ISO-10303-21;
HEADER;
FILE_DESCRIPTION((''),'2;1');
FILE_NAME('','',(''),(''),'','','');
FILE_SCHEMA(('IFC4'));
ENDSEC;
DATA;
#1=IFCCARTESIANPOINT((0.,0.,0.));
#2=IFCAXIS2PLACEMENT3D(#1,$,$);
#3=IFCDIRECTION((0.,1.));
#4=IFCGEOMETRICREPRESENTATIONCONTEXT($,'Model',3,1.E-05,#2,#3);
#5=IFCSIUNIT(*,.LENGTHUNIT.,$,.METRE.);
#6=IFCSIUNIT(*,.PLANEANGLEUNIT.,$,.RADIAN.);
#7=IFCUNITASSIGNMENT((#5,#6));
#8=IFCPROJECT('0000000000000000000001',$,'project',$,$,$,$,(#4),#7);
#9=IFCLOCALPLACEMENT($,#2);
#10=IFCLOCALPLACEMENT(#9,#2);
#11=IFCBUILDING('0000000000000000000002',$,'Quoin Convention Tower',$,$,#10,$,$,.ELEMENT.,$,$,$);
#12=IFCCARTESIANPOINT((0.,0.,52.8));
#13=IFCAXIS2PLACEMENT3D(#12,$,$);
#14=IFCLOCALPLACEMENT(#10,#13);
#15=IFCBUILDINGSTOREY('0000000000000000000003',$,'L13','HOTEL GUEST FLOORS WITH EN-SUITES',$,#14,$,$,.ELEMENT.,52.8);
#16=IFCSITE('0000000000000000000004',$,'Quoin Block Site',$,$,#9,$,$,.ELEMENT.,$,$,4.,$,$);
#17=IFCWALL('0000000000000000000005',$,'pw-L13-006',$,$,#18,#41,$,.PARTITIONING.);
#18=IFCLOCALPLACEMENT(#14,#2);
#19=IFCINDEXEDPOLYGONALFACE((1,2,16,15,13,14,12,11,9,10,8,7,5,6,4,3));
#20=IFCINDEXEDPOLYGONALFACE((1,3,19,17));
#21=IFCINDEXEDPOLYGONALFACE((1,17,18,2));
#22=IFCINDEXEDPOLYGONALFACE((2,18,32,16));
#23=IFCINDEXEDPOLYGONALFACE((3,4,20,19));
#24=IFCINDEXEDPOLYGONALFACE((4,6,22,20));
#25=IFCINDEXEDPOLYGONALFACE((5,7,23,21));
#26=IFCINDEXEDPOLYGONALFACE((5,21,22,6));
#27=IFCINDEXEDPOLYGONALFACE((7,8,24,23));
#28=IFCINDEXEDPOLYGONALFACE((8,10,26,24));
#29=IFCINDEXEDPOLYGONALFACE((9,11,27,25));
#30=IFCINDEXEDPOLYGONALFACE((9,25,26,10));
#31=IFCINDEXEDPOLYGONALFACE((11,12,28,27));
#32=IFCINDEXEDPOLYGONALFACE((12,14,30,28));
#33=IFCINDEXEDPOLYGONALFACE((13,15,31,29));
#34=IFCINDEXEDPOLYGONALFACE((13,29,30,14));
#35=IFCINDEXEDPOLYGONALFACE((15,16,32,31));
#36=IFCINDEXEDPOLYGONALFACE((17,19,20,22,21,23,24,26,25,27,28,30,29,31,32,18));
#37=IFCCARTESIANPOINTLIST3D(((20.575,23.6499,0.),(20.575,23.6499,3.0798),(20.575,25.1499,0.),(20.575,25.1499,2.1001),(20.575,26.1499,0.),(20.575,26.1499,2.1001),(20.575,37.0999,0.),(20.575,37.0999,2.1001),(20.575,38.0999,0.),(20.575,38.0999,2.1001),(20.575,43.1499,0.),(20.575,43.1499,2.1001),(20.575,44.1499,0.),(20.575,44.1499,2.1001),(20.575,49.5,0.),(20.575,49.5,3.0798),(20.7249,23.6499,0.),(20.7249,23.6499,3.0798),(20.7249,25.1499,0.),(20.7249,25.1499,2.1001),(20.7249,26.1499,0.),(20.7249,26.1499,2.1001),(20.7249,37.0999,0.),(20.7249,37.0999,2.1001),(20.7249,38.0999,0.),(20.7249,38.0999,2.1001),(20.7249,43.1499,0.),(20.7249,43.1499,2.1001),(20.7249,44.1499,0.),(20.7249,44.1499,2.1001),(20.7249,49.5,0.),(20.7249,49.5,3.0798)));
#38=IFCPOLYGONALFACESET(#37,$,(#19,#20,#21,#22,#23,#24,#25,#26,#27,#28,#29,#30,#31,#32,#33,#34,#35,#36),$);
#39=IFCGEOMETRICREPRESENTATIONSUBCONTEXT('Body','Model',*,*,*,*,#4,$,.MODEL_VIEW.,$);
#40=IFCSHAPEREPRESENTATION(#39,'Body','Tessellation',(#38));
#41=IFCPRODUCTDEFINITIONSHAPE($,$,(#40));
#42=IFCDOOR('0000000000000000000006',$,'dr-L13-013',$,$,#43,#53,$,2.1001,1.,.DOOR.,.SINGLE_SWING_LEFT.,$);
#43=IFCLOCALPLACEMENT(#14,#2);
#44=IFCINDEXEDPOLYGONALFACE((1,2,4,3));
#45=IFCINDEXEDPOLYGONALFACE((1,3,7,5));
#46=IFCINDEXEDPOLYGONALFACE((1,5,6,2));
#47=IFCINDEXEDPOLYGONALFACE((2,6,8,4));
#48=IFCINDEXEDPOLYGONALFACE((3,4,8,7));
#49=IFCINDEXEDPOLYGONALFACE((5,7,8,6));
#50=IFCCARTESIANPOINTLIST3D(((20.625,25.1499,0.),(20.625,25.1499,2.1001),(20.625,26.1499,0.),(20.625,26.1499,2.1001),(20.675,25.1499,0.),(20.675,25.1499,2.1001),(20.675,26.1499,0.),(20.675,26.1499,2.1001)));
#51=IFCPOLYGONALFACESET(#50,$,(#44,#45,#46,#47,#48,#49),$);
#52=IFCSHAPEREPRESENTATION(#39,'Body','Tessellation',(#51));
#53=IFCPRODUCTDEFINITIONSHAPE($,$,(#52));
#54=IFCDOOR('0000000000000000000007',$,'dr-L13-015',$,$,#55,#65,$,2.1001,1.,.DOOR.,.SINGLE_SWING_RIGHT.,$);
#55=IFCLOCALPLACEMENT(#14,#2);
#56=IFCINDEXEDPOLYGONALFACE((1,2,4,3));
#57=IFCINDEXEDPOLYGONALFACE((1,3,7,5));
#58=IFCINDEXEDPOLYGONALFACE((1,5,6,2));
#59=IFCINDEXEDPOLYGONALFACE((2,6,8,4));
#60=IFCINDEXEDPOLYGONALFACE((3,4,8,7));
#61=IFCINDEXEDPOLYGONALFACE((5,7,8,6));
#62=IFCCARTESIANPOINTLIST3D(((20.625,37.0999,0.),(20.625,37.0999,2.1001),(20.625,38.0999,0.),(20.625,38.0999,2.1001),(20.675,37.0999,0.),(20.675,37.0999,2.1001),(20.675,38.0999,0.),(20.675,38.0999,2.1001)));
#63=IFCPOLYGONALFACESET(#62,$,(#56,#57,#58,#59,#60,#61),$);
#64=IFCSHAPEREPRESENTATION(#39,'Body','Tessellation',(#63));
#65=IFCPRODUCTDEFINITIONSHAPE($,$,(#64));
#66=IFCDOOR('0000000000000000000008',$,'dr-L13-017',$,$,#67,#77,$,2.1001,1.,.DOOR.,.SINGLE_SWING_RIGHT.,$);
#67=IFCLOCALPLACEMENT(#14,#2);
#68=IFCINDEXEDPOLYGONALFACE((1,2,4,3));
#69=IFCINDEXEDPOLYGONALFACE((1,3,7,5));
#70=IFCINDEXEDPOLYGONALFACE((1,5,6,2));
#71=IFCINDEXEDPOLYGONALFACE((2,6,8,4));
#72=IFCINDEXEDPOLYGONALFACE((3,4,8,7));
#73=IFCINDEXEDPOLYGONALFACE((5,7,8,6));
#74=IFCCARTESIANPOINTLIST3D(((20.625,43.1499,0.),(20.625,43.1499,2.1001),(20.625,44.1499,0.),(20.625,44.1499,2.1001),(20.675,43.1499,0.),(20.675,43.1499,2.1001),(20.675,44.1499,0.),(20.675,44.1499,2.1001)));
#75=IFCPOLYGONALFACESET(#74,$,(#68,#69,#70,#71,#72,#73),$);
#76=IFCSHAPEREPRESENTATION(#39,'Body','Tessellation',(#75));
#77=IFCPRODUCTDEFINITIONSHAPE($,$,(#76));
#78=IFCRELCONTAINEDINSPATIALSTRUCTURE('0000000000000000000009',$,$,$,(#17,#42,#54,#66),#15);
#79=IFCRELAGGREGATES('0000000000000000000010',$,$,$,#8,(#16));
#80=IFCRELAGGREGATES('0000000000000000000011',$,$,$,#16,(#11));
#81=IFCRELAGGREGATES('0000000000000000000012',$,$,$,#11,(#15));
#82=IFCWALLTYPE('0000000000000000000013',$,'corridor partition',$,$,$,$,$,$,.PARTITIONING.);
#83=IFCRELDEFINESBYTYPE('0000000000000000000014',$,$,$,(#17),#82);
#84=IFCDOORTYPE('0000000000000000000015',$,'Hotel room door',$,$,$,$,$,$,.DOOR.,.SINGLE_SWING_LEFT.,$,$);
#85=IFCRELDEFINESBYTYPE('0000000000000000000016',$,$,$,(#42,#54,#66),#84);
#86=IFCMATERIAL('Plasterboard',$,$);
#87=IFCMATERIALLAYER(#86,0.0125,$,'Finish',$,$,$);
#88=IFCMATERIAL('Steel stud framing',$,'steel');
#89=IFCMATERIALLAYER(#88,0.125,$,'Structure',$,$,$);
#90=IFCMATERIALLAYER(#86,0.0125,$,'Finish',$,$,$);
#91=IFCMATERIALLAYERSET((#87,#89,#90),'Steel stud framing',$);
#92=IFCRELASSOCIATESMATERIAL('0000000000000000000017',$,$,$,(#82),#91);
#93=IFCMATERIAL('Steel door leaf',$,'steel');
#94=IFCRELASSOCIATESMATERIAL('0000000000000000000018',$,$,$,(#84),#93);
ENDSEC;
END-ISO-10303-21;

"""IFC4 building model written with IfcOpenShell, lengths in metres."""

from ifc_helpers import new_model, si_unit, direction, frame, frame_2d, origin, place, context, subcontext, project, spatial, rectangle, extrude, material, layer, layer_set, type_object, element, fill, save


model = new_model("IFC4")

# Units and contexts
model_context = context("Model", 3, precision=1e-05, world=origin(), true_north=direction((0.0, 1.0)))
body_context = subcontext(model_context, "Body", "Model", "MODEL_VIEW")
ifc_project = project(units=[si_unit("LENGTHUNIT", "METRE"), si_unit("PLANEANGLEUNIT", "RADIAN")], contexts=[model_context])

# Site, building, storey
site_placement = place(None, origin())
site = spatial("IfcSite", under=ifc_project, at=site_placement, Name="Quoin Block Site", CompositionType="ELEMENT", RefElevation=4.0)
building_placement = place(site_placement, origin())
building = spatial("IfcBuilding", under=site, at=building_placement, Name="Quoin Convention Tower", CompositionType="ELEMENT")
storey_placement = place(building_placement, frame((0.0, 0.0, 52.8)))
storey = spatial("IfcBuildingStorey", under=building, at=storey_placement, Name="L13", Description="HOTEL GUEST FLOORS WITH EN-SUITES", CompositionType="ELEMENT", Elevation=52.8)

# Shared definitions
ifc_material_1 = material(Name="Steel door leaf", Category="steel")

# Wall, openings, doors
ifc_material_2 = material(Name="Plasterboard")
ifc_layer_1 = layer(ifc_material_2, 0.0125, Name="Finish")
ifc_material_3 = material(Name="Steel stud framing", Category="steel")
ifc_layer_2 = layer(ifc_material_3, 0.125, Name="Structure")
ifc_layer_3 = layer(ifc_material_2, 0.0125, Name="Finish")
ifc_layer_set_1 = layer_set([ifc_layer_1, ifc_layer_2, ifc_layer_3], Name="Steel stud framing")
wall_type_1 = type_object("IfcWallType", Name="corridor partition", PredefinedType="PARTITIONING", material=ifc_layer_set_1)
door_type_1 = type_object("IfcDoorType", Name="Hotel room door", OperationType="SINGLE_SWING_LEFT", PredefinedType="DOOR", material=ifc_material_1)
wall_1_placement = place(storey_placement, frame((20.6499, 23.6499, 0.0), z_axis=(0.0, 0.0, 1.0), x_axis=(0.0, 1.0, 0.0)))
wall_1 = element("IfcWall", 1, at=wall_1_placement, inside=storey, type_object=wall_type_1, Name="pw-L13-006", PredefinedType="PARTITIONING", context=body_context, shape_type="SweptSolid", body=[
    extrude(rectangle(XDim=25.8501, YDim=0.1499, at=frame_2d((12.925, 0.0))), origin(), (0.0, 0.0, 1.0), 3.0798),
])
opening_1_placement = place(wall_1_placement, frame((1.5, 0.0, 0.0)))
opening_1 = element("IfcOpeningElement", 2, at=opening_1_placement, cuts=wall_1, PredefinedType="OPENING", context=body_context, shape_type="SweptSolid", body=[
    extrude(rectangle(XDim=1.0, YDim=2.1001, at=frame_2d((0.5, 1.05))), frame((0.0, 0.085, 0.0), z_axis=(0.0, -1.0, 0.0), x_axis=(1.0, 0.0, 0.0)), (0.0, 0.0, 1.0), 0.1699),
])
opening_2_placement = place(wall_1_placement, frame((13.45, 0.0, 0.0)))
opening_2 = element("IfcOpeningElement", 3, at=opening_2_placement, cuts=wall_1, PredefinedType="OPENING", context=body_context, shape_type="SweptSolid", body=[
    extrude(rectangle(XDim=1.0, YDim=2.1001, at=frame_2d((0.5, 1.05))), frame((0.0, 0.085, 0.0), z_axis=(0.0, -1.0, 0.0), x_axis=(1.0, 0.0, 0.0)), (0.0, 0.0, 1.0), 0.1699),
])
opening_3_placement = place(wall_1_placement, frame((19.5, 0.0, 0.0)))
opening_3 = element("IfcOpeningElement", 4, at=opening_3_placement, cuts=wall_1, PredefinedType="OPENING", context=body_context, shape_type="SweptSolid", body=[
    extrude(rectangle(XDim=1.0, YDim=2.1001, at=frame_2d((0.5, 1.05))), frame((0.0, 0.085, 0.0), z_axis=(0.0, -1.0, 0.0), x_axis=(1.0, 0.0, 0.0)), (0.0, 0.0, 1.0), 0.1699),
])
door_1_placement = place(opening_1_placement, origin())
door_1 = element("IfcDoor", 5, at=door_1_placement, inside=storey, type_object=door_type_1, Name="dr-L13-013", OperationType="SINGLE_SWING_LEFT", OverallHeight=2.1001, OverallWidth=1.0, PredefinedType="DOOR", context=body_context, shape_type="SweptSolid", body=[
    extrude(rectangle(XDim=1.0, YDim=2.1001, at=frame_2d((0.5, 1.05))), frame((0.0, 0.0249, 0.0), z_axis=(0.0, -1.0, 0.0), x_axis=(1.0, 0.0, 0.0)), (0.0, 0.0, 1.0), 0.05),
])
fill(opening_1, door_1)
door_2_placement = place(opening_2_placement, origin())
door_2 = element("IfcDoor", 6, at=door_2_placement, inside=storey, type_object=door_type_1, Name="dr-L13-015", OperationType="SINGLE_SWING_RIGHT", OverallHeight=2.1001, OverallWidth=1.0, PredefinedType="DOOR", context=body_context, shape_type="SweptSolid", body=[
    extrude(rectangle(XDim=1.0, YDim=2.1001, at=frame_2d((0.5, 1.05))), frame((0.0, 0.0249, 0.0), z_axis=(0.0, -1.0, 0.0), x_axis=(1.0, 0.0, 0.0)), (0.0, 0.0, 1.0), 0.05),
])
fill(opening_2, door_2)
door_3_placement = place(opening_3_placement, origin())
door_3 = element("IfcDoor", 7, at=door_3_placement, inside=storey, type_object=door_type_1, Name="dr-L13-017", OperationType="SINGLE_SWING_RIGHT", OverallHeight=2.1001, OverallWidth=1.0, PredefinedType="DOOR", context=body_context, shape_type="SweptSolid", body=[
    extrude(rectangle(XDim=1.0, YDim=2.1001, at=frame_2d((0.5, 1.05))), frame((0.0, 0.0249, 0.0), z_axis=(0.0, -1.0, 0.0), x_axis=(1.0, 0.0, 0.0)), (0.0, 0.0, 1.0), 0.05),
])
fill(opening_3, door_3)

save(model, "model.ifc")
